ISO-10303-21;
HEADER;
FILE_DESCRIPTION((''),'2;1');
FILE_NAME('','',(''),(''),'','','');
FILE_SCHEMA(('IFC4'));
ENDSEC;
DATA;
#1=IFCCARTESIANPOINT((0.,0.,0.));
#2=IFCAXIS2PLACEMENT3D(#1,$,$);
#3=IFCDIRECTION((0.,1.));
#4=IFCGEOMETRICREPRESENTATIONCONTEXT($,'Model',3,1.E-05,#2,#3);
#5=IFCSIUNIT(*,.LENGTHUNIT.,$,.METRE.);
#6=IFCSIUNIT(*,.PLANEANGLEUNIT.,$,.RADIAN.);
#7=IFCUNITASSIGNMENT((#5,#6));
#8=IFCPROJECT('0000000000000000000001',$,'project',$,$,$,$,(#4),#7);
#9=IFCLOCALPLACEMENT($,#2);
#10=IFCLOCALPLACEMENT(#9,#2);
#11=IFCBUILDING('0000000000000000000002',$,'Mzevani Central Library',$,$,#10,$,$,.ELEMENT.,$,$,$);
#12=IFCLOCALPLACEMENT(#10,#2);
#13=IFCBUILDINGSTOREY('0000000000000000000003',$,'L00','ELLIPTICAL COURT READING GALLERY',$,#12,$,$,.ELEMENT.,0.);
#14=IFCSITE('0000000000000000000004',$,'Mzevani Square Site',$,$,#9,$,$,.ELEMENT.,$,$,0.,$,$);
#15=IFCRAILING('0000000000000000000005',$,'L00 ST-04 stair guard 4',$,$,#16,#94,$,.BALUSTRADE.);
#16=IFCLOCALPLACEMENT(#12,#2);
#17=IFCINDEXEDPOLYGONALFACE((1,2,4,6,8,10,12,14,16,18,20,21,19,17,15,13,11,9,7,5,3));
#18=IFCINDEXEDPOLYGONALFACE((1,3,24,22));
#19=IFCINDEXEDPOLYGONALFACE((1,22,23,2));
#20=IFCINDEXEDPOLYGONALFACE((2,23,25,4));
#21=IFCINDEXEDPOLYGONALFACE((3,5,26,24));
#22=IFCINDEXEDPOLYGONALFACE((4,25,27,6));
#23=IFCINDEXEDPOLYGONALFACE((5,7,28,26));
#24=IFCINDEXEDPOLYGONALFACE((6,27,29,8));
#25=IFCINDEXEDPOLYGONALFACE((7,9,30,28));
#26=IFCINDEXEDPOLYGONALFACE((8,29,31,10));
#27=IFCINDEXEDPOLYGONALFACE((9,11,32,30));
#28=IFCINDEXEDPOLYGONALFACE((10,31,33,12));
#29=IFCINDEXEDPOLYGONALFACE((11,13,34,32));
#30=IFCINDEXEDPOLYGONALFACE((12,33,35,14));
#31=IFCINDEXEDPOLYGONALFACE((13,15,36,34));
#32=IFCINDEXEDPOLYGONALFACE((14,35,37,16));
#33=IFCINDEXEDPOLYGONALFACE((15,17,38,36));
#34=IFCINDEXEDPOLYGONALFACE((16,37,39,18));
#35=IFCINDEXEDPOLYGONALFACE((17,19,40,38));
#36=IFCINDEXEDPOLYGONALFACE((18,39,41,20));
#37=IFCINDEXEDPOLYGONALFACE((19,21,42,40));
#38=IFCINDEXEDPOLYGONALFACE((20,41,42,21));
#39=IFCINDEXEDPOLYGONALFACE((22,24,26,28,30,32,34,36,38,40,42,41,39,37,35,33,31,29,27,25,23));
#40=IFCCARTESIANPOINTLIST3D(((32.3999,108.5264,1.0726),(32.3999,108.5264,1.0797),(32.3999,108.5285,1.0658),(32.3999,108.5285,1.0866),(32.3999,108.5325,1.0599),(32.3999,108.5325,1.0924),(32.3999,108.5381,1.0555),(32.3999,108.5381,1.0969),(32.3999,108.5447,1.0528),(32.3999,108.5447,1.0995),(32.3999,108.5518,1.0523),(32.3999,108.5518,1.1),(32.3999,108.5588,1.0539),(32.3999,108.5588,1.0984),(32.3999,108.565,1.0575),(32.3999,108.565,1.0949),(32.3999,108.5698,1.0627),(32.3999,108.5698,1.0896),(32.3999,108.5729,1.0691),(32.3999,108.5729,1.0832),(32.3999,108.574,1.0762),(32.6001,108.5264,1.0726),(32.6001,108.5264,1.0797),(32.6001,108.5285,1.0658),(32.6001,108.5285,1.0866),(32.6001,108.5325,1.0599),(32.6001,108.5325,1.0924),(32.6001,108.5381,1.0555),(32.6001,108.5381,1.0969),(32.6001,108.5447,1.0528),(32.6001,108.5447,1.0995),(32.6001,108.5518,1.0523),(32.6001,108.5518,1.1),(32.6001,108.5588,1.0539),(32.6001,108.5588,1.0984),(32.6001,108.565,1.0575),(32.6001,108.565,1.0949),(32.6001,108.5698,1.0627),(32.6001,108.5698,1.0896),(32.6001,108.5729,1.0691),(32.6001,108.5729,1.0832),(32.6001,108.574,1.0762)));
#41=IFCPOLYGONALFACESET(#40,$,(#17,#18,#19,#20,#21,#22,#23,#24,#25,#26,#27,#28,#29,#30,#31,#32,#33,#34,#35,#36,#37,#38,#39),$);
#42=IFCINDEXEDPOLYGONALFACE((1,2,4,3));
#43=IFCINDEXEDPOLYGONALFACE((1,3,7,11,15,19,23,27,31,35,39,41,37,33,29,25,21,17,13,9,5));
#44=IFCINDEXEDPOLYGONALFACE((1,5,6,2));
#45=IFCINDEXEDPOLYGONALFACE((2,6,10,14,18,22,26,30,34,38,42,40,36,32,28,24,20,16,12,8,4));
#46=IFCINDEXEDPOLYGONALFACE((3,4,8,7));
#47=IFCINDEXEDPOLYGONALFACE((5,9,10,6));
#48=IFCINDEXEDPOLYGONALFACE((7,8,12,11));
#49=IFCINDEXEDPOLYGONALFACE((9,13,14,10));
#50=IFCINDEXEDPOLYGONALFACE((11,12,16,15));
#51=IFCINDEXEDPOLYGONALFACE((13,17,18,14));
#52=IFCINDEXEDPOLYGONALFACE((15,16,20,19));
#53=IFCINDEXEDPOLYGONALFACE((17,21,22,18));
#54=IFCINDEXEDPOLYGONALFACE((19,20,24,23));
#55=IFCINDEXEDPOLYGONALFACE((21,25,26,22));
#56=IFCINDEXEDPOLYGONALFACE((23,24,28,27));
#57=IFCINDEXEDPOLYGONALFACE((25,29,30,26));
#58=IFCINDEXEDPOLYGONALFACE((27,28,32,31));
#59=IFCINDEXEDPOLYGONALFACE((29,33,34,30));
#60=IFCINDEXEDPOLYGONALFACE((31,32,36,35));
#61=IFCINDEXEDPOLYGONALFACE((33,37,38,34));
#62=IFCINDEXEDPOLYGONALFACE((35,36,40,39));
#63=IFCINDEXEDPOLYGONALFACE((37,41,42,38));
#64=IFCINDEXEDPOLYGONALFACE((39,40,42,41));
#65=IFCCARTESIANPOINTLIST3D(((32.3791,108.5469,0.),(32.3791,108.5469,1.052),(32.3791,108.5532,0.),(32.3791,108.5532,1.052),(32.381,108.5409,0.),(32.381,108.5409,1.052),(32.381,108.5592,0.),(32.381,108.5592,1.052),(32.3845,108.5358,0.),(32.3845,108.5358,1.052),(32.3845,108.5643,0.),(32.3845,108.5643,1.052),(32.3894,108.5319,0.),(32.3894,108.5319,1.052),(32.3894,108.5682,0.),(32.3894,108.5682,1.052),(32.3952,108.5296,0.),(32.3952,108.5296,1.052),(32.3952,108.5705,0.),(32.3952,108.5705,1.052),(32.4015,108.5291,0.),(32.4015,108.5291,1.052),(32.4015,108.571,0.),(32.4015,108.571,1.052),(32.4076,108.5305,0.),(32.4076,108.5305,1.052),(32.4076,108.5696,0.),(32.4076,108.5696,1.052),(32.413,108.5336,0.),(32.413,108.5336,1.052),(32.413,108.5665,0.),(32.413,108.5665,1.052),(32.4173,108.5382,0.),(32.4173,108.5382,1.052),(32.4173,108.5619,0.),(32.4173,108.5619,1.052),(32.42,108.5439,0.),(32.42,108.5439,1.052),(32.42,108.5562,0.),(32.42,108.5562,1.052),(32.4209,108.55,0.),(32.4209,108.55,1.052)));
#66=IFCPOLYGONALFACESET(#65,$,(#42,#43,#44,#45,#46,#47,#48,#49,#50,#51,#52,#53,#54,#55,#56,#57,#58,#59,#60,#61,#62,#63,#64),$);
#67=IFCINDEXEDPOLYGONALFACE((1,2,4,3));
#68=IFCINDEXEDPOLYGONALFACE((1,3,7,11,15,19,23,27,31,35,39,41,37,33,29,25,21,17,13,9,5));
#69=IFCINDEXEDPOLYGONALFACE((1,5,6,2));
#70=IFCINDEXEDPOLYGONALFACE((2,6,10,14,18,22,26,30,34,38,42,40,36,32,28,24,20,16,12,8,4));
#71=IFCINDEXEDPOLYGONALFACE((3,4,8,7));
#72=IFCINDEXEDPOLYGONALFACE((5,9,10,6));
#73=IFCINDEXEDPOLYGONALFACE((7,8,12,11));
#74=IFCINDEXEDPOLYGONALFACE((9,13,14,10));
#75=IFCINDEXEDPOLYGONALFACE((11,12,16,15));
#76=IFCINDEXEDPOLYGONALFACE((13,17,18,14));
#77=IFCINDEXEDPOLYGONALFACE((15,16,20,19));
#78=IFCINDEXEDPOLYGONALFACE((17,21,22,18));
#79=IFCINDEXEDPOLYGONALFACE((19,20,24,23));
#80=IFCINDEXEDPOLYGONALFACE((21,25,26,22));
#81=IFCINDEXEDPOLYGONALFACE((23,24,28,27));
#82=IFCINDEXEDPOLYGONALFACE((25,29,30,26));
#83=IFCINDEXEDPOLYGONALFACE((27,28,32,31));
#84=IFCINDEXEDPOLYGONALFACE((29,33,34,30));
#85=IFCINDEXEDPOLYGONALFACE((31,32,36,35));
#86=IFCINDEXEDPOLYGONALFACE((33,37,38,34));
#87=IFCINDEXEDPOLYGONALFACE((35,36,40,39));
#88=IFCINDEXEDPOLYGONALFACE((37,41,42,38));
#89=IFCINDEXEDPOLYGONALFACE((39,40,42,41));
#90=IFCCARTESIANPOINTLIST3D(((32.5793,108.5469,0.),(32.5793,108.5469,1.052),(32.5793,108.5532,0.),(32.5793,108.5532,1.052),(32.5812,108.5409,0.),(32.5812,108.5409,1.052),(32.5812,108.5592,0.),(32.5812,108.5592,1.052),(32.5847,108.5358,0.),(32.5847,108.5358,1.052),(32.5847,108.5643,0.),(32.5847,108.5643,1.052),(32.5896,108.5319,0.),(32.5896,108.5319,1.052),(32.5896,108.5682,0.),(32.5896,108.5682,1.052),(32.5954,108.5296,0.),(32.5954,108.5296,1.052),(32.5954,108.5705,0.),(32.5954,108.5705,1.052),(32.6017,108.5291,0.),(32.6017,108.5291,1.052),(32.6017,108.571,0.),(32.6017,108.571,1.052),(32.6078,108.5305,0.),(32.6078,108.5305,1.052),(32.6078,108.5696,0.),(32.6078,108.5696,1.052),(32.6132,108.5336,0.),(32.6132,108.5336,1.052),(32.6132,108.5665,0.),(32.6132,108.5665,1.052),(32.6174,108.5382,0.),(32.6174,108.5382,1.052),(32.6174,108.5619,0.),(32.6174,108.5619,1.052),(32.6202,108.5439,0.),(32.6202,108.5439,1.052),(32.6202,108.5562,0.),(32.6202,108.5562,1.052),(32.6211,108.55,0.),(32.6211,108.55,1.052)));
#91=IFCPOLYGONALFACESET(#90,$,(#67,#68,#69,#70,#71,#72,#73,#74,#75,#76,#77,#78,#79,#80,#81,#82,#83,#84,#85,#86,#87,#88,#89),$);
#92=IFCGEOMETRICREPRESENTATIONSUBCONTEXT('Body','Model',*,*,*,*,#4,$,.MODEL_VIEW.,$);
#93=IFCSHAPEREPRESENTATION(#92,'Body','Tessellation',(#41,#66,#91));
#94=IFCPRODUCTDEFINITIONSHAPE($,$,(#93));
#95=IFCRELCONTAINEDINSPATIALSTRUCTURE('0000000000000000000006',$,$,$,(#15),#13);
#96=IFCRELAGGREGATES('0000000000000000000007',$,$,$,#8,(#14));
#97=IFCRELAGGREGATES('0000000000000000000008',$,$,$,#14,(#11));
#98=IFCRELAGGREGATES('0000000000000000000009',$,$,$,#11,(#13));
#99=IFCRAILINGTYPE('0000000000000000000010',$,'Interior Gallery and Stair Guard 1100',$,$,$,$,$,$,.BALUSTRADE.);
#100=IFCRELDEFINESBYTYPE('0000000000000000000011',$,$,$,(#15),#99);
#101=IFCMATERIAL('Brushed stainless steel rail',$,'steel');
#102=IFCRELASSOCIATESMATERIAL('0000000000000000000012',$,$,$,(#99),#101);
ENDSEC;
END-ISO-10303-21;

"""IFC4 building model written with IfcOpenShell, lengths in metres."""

from ifc_helpers import new_model, si_unit, direction, frame, origin, origin_2d, place, context, subcontext, project, spatial, circle, extrude, material, type_object, element, save


model = new_model("IFC4")

# Units and contexts
model_context = context("Model", 3, precision=1e-05, world=origin(), true_north=direction((0.0, 1.0)))
body_context = subcontext(model_context, "Body", "Model", "MODEL_VIEW")
ifc_project = project(units=[si_unit("LENGTHUNIT", "METRE"), si_unit("PLANEANGLEUNIT", "RADIAN")], contexts=[model_context])

# Site, building, storey
site_placement = place(None, origin())
site = spatial("IfcSite", under=ifc_project, at=site_placement, Name="Mzevani Square Site", CompositionType="ELEMENT", RefElevation=0.0)
building_placement = place(site_placement, origin())
building = spatial("IfcBuilding", under=site, at=building_placement, Name="Mzevani Central Library", CompositionType="ELEMENT")
storey_placement = place(building_placement, origin())
storey = spatial("IfcBuildingStorey", under=building, at=storey_placement, Name="L00", Description="ELLIPTICAL COURT READING GALLERY", CompositionType="ELEMENT", Elevation=0.0)

# Railing
ifc_material_1 = material(Name="Brushed stainless steel rail", Category="steel")
railing_type_1 = type_object("IfcRailingType", Name="Interior Gallery and Stair Guard 1100", PredefinedType="BALUSTRADE", material=ifc_material_1)
railing_1_placement = place(storey_placement, frame((32.3999, 108.55, 0.0)))
element("IfcRailing", 1, at=railing_1_placement, inside=storey, type_object=railing_type_1, Name="L00 ST-04 stair guard 4", PredefinedType="BALUSTRADE", context=body_context, shape_type="SweptSolid", body=[
    extrude(circle(Radius=0.0239, at=origin_2d()), frame((0.0, 0.0, 1.0762), z_axis=(1.0, 0.0, 0.0), x_axis=(0.0, 1.0, 0.0)), (0.0, 0.0, 1.0), 0.2002),
    extrude(circle(Radius=0.021, at=origin_2d()), origin(), (0.0, 0.0, 1.0), 1.052),
    extrude(circle(Radius=0.021, at=origin_2d()), frame((0.2002, 0.0, 0.0)), (0.0, 0.0, 1.0), 1.052),
])

save(model, "model.ifc")
